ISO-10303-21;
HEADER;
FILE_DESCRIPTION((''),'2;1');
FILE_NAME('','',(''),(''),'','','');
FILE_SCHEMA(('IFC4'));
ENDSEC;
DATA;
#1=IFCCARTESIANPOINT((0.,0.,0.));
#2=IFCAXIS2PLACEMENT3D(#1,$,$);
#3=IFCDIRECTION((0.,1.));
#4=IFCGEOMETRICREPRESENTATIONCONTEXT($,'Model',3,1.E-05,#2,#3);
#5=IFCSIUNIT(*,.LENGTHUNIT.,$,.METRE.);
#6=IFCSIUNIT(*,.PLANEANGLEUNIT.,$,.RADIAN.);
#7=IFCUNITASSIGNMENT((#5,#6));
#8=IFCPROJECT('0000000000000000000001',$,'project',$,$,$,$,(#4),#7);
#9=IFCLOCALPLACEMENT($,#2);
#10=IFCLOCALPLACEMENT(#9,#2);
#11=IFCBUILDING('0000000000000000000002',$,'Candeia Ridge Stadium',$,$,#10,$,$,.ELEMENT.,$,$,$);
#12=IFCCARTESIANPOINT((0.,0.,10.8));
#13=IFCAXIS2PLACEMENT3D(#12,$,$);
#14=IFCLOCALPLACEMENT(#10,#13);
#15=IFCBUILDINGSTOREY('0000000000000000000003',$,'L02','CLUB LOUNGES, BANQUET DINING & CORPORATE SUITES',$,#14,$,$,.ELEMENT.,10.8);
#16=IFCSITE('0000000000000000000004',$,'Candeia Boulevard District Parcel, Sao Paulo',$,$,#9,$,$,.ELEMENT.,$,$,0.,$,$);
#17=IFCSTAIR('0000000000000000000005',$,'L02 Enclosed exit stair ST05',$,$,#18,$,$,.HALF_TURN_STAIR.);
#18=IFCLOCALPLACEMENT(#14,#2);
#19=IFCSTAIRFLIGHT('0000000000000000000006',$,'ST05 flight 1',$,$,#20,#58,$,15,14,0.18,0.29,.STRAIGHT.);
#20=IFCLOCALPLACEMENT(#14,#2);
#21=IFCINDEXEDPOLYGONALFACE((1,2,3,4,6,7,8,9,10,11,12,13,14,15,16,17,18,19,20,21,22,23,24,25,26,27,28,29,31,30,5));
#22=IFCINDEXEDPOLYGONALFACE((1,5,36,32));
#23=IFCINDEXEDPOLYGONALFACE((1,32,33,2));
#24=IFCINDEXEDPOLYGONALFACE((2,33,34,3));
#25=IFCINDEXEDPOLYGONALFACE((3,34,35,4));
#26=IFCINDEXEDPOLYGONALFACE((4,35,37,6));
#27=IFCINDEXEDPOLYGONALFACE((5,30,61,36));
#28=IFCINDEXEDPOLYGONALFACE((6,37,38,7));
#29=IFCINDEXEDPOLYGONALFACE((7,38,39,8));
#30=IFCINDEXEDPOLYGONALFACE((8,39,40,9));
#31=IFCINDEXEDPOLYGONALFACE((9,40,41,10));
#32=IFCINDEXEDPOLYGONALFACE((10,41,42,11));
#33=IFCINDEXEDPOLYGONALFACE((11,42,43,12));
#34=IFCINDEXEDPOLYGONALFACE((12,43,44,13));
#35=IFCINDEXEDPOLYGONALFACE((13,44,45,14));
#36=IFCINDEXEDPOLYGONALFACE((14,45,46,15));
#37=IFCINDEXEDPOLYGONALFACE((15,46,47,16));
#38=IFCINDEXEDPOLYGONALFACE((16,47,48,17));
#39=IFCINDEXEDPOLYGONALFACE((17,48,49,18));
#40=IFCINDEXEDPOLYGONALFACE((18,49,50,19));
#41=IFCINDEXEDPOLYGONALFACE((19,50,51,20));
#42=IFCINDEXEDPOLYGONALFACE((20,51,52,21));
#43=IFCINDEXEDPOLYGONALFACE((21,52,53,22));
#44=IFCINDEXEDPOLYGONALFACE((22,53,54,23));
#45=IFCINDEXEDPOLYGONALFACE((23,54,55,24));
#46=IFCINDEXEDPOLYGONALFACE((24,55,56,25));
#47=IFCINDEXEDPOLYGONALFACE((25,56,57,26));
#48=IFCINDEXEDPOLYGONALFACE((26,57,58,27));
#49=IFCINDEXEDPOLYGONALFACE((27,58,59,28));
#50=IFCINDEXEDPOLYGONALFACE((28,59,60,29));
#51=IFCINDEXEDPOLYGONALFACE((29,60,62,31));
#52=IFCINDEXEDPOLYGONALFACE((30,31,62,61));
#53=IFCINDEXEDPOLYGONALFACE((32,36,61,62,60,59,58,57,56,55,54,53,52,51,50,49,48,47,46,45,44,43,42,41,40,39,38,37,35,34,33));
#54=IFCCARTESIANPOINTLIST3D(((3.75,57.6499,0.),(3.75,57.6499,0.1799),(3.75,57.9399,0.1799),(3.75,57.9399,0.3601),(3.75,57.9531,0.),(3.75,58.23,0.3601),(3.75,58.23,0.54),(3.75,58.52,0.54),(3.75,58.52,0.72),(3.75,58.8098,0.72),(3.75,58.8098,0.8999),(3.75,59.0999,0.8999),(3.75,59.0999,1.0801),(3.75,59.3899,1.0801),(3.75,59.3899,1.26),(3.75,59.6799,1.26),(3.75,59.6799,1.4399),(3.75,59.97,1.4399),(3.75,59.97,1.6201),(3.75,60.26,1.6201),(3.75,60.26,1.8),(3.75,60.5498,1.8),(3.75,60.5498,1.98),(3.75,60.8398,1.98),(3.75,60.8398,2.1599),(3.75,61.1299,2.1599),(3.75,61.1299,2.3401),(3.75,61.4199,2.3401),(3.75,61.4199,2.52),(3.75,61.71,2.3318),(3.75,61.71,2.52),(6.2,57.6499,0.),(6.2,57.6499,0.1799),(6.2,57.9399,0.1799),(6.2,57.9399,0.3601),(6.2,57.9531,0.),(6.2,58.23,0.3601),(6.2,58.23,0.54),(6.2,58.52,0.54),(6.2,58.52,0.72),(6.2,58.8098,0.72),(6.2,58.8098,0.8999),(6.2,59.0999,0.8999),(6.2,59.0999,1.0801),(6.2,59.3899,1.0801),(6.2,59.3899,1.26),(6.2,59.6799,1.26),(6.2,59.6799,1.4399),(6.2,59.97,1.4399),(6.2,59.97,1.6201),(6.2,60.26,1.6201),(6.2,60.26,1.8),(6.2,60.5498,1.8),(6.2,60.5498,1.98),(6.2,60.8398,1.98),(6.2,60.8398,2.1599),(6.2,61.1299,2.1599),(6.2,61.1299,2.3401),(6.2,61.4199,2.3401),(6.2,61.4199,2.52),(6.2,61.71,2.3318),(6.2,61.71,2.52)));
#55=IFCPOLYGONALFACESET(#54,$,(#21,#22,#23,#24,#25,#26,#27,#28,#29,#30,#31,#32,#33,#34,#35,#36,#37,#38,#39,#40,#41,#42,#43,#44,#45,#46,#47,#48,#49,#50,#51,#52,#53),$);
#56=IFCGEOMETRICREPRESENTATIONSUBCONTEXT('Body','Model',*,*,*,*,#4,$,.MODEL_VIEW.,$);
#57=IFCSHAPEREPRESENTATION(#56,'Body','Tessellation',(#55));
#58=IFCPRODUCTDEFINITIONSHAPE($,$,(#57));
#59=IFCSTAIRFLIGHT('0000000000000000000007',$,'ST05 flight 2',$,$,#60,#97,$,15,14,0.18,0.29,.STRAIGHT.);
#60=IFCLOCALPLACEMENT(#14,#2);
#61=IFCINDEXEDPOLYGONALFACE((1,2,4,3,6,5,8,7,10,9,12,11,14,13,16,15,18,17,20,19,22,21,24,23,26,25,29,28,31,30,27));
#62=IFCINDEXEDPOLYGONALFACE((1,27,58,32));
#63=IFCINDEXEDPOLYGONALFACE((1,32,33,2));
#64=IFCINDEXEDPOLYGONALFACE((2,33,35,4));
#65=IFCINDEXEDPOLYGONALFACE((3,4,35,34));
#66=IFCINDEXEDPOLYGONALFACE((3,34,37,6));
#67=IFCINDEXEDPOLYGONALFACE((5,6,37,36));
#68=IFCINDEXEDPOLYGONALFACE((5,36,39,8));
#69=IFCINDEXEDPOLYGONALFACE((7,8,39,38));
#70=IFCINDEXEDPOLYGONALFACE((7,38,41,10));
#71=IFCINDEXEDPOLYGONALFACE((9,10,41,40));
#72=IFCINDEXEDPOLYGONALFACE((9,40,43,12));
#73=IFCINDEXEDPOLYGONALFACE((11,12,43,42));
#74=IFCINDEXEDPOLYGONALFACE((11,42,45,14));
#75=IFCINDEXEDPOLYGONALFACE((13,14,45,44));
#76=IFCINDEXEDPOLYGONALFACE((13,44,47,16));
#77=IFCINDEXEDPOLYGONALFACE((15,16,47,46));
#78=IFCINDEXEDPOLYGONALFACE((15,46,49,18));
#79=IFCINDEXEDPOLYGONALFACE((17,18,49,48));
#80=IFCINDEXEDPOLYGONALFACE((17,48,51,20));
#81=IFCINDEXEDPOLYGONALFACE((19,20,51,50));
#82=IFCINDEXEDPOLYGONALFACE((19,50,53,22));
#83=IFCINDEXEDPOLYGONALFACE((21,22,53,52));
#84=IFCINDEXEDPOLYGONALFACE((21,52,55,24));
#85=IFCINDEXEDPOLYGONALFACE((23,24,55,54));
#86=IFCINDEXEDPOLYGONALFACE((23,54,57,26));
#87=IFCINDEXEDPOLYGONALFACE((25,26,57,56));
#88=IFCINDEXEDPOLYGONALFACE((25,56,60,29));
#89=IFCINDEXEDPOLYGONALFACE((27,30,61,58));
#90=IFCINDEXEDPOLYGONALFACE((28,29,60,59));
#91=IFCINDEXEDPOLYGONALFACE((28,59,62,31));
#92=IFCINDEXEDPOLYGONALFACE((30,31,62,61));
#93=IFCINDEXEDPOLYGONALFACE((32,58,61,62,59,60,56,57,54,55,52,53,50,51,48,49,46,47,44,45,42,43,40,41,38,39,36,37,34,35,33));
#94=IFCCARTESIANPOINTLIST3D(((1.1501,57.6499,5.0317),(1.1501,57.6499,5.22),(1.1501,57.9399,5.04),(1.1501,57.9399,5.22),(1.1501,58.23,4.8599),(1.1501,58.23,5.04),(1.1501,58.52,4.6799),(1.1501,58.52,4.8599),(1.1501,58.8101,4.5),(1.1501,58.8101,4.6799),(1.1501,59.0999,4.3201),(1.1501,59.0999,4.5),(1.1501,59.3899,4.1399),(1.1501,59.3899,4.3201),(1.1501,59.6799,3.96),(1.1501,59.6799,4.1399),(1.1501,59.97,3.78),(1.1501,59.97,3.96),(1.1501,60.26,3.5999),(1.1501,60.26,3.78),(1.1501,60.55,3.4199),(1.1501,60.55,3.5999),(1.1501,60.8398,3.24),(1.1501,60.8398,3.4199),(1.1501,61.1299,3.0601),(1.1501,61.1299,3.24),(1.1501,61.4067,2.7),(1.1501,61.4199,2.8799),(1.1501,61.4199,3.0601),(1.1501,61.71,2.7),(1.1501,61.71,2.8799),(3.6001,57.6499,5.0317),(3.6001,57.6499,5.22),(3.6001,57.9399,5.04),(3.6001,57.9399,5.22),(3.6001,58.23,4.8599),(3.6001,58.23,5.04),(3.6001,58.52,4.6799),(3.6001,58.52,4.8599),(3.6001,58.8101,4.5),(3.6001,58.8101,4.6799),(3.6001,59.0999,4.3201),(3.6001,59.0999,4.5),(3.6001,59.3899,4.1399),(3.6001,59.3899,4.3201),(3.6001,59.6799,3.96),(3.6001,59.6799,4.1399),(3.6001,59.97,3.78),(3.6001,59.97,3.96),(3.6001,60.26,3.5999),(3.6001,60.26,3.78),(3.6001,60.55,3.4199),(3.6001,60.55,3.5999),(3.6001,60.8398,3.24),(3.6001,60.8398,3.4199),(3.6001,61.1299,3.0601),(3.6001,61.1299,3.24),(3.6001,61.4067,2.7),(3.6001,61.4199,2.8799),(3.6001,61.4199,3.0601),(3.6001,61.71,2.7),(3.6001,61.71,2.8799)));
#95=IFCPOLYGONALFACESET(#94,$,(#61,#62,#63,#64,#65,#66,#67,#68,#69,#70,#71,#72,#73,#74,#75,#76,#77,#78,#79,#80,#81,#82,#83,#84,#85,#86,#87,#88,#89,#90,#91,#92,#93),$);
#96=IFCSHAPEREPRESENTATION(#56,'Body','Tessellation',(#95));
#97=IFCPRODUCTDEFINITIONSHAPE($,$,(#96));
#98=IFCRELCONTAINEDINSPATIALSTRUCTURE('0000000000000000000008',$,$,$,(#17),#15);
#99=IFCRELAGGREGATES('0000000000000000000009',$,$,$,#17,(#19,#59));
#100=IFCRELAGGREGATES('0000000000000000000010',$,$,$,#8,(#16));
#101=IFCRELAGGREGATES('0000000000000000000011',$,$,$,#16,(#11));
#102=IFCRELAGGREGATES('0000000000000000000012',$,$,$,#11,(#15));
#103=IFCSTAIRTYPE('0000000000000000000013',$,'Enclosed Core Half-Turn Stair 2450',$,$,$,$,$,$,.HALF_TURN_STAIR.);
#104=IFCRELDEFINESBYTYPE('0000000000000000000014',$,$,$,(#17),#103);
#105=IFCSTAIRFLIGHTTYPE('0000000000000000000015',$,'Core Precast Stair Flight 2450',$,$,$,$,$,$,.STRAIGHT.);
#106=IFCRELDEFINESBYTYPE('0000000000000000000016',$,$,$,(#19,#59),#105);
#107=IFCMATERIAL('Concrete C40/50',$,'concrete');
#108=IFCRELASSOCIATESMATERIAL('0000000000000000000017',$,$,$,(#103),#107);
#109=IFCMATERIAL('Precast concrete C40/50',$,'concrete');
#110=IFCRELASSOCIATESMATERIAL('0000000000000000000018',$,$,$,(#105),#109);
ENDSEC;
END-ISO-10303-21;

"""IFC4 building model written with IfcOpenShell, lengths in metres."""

from ifc_helpers import new_model, si_unit, direction, frame, origin, place, context, subcontext, project, spatial, polyline, outline, extrude, material, type_object, element, aggregate, save


model = new_model("IFC4")

# Units and contexts
model_context = context("Model", 3, precision=1e-05, world=origin(), true_north=direction((0.0, 1.0)))
body_context = subcontext(model_context, "Body", "Model", "MODEL_VIEW")
ifc_project = project(units=[si_unit("LENGTHUNIT", "METRE"), si_unit("PLANEANGLEUNIT", "RADIAN")], contexts=[model_context])

# Site, building, storey
site_placement = place(None, origin())
site = spatial("IfcSite", under=ifc_project, at=site_placement, Name="Candeia Boulevard District Parcel, Sao Paulo", CompositionType="ELEMENT", RefElevation=0.0)
building_placement = place(site_placement, origin())
building = spatial("IfcBuilding", under=site, at=building_placement, Name="Candeia Ridge Stadium", CompositionType="ELEMENT")
storey_placement = place(building_placement, frame((0.0, 0.0, 10.8)))
storey = spatial("IfcBuildingStorey", under=building, at=storey_placement, Name="L02", Description="CLUB LOUNGES, BANQUET DINING & CORPORATE SUITES", CompositionType="ELEMENT", Elevation=10.8)

# Shared definitions
ifc_material_1 = material(Name="Concrete C40/50", Category="concrete")

# Stair, stair flights
stair_type = type_object("IfcStairType", Name="Enclosed Core Half-Turn Stair 2450", PredefinedType="HALF_TURN_STAIR", material=ifc_material_1)
stair_placement = place(storey_placement, origin())
stair = element("IfcStair", 1, at=stair_placement, inside=storey, type_object=stair_type, Name="L02 Enclosed exit stair ST05", PredefinedType="HALF_TURN_STAIR")
ifc_material_2 = material(Name="Precast concrete C40/50", Category="concrete")
stair_flight_type = type_object("IfcStairFlightType", Name="Core Precast Stair Flight 2450", PredefinedType="STRAIGHT", material=ifc_material_2)
stair_flight_1_placement = place(storey_placement, frame((4.9751, 57.6499, 0.0), z_axis=(0.0, 0.0, 1.0), x_axis=(0.0, 1.0, 0.0)))
stair_flight_1 = element("IfcStairFlight", 2, at=stair_flight_1_placement, type_object=stair_flight_type, Name="ST05 flight 1", NumberOfRisers=15, NumberOfTreads=14, PredefinedType="STRAIGHT", RiserHeight=0.18, TreadLength=0.29, context=body_context, shape_type="SweptSolid", body=[
    extrude(outline(polyline([(0.0, 0.0), (0.0, 0.1799), (0.29, 0.1799), (0.29, 0.3601), (0.5801, 0.3601), (0.5801, 0.54), (0.8701, 0.54), (0.8701, 0.72), (1.1599, 0.72), (1.1599, 0.8999), (1.45, 0.8999), (1.45, 1.0801), (1.74, 1.0801), (1.74, 1.26), (2.03, 1.26), (2.03, 1.4399), (2.3201, 1.4399), (2.3201, 1.6201), (2.6101, 1.6201), (2.6101, 1.8), (2.8999, 1.8), (2.8999, 1.98), (3.1899, 1.98), (3.1899, 2.1599), (3.48, 2.1599), (3.48, 2.3401), (3.77, 2.3401), (3.77, 2.52), (4.0601, 2.52), (4.0601, 2.7), (4.0601, 2.3318), (0.3032, 0.0), (0.0, 0.0)])), frame((0.0, 1.2251, 0.0), z_axis=(0.0, -1.0, 0.0), x_axis=(1.0, 0.0, 0.0)), (0.0, 0.0, 1.0), 2.45),
])
stair_flight_2_placement = place(storey_placement, frame((2.375, 61.71, 2.7), z_axis=(0.0, 0.0, 1.0), x_axis=(0.0, -1.0, 0.0)))
stair_flight_2 = element("IfcStairFlight", 3, at=stair_flight_2_placement, type_object=stair_flight_type, Name="ST05 flight 2", NumberOfRisers=15, NumberOfTreads=14, PredefinedType="STRAIGHT", RiserHeight=0.18, TreadLength=0.29, context=body_context, shape_type="SweptSolid", body=[
    extrude(outline(polyline([(0.0, 0.0), (0.0, 0.1799), (0.29, 0.1799), (0.29, 0.3601), (0.5801, 0.3601), (0.5801, 0.54), (0.8701, 0.54), (0.8701, 0.72), (1.1599, 0.72), (1.1599, 0.8999), (1.45, 0.8999), (1.45, 1.0801), (1.74, 1.0801), (1.74, 1.26), (2.03, 1.26), (2.03, 1.4399), (2.3201, 1.4399), (2.3201, 1.6201), (2.6101, 1.6201), (2.6101, 1.8), (2.8999, 1.8), (2.8999, 1.98), (3.1899, 1.98), (3.1899, 2.1599), (3.48, 2.1599), (3.48, 2.3401), (3.77, 2.3401), (3.77, 2.52), (4.0601, 2.52), (4.0601, 2.7), (4.0601, 2.3318), (0.3032, 0.0), (0.0, 0.0)])), frame((0.0, 1.2251, 0.0), z_axis=(0.0, -1.0, 0.0), x_axis=(1.0, 0.0, 0.0)), (0.0, 0.0, 1.0), 2.45),
])
aggregate(stair, [stair_flight_1, stair_flight_2])

save(model, "model.ifc")
